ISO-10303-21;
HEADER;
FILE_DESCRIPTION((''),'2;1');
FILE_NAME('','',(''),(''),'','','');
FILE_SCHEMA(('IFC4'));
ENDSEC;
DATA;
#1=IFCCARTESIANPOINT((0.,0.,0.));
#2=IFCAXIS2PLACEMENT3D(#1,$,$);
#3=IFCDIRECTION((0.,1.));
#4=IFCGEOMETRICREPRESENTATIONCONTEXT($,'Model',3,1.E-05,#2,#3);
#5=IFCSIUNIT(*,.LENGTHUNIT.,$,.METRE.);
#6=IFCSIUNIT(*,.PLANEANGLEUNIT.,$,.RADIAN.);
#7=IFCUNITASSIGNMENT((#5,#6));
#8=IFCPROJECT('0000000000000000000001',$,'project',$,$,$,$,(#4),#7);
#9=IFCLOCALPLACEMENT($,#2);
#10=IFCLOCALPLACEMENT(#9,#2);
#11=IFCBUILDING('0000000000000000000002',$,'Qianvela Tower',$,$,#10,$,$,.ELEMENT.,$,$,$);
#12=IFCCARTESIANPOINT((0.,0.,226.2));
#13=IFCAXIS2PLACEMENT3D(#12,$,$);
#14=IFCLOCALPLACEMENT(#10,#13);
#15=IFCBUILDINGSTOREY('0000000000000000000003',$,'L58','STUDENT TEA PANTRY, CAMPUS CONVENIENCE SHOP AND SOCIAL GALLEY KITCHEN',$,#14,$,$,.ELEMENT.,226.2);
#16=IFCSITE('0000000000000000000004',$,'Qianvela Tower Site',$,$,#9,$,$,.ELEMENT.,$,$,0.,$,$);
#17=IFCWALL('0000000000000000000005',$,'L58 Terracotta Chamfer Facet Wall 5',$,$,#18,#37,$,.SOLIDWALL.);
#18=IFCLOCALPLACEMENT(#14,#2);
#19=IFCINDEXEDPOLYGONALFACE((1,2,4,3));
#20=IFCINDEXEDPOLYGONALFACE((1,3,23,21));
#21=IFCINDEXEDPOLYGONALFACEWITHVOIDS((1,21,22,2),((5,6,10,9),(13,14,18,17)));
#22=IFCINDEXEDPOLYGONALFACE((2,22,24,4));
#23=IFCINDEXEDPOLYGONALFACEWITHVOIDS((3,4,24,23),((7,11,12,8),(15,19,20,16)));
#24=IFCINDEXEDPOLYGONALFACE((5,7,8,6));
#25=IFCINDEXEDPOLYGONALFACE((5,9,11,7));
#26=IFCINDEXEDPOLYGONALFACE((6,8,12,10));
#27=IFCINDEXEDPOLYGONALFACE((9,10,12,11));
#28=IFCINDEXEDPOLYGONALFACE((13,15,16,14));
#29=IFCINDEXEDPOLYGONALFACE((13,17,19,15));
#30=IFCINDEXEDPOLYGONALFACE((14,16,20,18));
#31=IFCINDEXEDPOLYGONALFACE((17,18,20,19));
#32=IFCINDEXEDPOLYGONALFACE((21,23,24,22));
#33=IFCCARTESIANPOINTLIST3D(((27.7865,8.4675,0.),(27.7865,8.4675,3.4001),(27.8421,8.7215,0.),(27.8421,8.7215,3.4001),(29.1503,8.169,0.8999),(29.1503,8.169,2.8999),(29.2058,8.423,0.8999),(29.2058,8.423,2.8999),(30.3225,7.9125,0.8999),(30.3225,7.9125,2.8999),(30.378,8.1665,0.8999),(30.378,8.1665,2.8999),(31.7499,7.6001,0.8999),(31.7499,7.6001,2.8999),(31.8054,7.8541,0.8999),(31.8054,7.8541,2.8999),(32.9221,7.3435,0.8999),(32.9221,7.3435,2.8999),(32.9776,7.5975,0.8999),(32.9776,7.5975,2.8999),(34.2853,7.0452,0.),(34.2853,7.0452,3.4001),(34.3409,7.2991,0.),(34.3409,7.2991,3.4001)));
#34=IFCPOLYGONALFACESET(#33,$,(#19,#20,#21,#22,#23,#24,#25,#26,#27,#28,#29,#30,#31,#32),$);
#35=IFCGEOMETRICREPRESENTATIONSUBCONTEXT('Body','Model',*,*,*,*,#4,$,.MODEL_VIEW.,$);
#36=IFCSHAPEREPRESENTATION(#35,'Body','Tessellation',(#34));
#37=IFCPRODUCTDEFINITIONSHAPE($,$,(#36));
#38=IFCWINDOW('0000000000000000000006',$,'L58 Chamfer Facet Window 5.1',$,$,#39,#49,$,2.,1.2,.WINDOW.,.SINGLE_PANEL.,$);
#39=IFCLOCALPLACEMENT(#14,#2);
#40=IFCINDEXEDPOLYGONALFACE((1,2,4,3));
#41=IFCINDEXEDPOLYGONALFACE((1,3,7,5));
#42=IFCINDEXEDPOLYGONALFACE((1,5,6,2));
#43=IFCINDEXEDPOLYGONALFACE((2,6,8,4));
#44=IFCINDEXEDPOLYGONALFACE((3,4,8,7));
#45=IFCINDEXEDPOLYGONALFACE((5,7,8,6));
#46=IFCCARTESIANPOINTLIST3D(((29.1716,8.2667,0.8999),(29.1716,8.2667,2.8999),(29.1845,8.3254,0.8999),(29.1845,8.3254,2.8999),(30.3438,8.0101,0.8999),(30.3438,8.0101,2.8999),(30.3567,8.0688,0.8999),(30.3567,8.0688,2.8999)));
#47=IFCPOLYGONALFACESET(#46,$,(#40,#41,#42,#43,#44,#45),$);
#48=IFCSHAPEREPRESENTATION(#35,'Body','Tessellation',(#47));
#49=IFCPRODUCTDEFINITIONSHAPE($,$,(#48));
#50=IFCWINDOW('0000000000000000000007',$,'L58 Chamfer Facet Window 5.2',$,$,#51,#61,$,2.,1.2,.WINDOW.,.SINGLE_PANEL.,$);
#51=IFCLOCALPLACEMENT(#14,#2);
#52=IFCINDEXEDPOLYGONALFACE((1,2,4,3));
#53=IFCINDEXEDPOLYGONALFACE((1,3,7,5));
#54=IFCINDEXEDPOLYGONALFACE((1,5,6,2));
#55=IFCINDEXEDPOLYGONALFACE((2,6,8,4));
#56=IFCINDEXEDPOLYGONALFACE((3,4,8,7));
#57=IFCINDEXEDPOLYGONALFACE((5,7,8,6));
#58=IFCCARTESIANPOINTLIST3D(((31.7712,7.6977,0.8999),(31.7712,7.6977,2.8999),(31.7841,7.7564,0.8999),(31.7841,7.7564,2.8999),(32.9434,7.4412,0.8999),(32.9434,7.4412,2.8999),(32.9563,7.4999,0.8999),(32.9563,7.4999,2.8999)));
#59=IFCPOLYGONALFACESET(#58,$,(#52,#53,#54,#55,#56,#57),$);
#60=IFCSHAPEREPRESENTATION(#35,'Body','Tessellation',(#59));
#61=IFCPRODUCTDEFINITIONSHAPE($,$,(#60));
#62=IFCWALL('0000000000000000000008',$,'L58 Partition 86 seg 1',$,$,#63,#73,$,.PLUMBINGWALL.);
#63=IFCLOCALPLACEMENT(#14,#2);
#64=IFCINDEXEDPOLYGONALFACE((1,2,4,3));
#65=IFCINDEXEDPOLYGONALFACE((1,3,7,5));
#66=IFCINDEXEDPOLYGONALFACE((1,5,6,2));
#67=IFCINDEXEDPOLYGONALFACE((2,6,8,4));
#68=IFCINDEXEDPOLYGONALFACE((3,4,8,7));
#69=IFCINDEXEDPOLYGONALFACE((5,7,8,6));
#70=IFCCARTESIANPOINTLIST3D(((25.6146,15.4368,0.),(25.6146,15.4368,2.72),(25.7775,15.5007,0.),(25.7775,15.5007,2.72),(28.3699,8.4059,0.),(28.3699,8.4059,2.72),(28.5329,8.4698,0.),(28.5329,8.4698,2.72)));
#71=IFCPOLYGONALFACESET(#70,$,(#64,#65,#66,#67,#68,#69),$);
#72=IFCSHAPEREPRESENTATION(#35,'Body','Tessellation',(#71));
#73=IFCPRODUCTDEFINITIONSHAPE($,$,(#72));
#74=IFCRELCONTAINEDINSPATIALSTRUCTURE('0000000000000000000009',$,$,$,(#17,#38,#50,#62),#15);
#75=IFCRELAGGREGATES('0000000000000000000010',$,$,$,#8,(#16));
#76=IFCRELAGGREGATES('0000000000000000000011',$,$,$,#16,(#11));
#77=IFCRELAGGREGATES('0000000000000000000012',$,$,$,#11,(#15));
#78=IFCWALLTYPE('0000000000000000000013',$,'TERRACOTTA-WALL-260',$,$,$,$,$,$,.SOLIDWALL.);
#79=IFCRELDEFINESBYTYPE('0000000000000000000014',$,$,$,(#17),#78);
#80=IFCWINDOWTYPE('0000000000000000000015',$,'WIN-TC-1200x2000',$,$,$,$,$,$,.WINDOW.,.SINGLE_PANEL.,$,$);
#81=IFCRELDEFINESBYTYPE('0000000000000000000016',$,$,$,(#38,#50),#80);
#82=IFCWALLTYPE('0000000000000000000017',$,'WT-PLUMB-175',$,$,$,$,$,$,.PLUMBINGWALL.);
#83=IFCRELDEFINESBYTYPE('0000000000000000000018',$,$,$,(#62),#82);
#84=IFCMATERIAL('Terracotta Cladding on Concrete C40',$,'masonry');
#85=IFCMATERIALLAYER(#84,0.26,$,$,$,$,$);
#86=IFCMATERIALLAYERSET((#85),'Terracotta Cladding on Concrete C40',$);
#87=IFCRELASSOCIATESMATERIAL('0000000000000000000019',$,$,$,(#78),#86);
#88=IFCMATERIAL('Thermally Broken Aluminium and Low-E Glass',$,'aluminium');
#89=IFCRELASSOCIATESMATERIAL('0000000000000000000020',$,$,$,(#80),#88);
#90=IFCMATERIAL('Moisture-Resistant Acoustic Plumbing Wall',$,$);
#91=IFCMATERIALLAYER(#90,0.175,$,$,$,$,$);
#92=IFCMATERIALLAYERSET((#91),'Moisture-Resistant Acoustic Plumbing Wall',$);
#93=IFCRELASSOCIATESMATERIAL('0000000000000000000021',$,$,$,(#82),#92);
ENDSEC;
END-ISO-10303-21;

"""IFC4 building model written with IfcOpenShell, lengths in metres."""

from ifc_helpers import new_model, si_unit, direction, frame, frame_2d, origin, place, context, subcontext, project, spatial, rectangle, extrude, material, layer, layer_set, type_object, element, fill, save


model = new_model("IFC4")

# Units and contexts
model_context = context("Model", 3, precision=1e-05, world=origin(), true_north=direction((0.0, 1.0)))
body_context = subcontext(model_context, "Body", "Model", "MODEL_VIEW")
ifc_project = project(units=[si_unit("LENGTHUNIT", "METRE"), si_unit("PLANEANGLEUNIT", "RADIAN")], contexts=[model_context])

# Site, building, storey
site_placement = place(None, origin())
site = spatial("IfcSite", under=ifc_project, at=site_placement, Name="Qianvela Tower Site", CompositionType="ELEMENT", RefElevation=0.0)
building_placement = place(site_placement, origin())
building = spatial("IfcBuilding", under=site, at=building_placement, Name="Qianvela Tower", CompositionType="ELEMENT")
storey_placement = place(building_placement, frame((0.0, 0.0, 226.2)))
storey = spatial("IfcBuildingStorey", under=building, at=storey_placement, Name="L58", Description="STUDENT TEA PANTRY, CAMPUS CONVENIENCE SHOP AND SOCIAL GALLEY KITCHEN", CompositionType="ELEMENT", Elevation=226.2)

# Wall, openings, windows
ifc_material_1 = material(Name="Terracotta Cladding on Concrete C40", Category="masonry")
ifc_layer_1 = layer(ifc_material_1, 0.26)
ifc_layer_set_1 = layer_set([ifc_layer_1], Name="Terracotta Cladding on Concrete C40")
wall_type_1 = type_object("IfcWallType", Name="TERRACOTTA-WALL-260", PredefinedType="SOLIDWALL", material=ifc_layer_set_1)
wall_1_placement = place(storey_placement, frame((27.8145, 8.5945, 0.0), z_axis=(0.0, 0.0, 1.0), x_axis=(0.976876, -0.213805, 0.0)))
wall_1 = element("IfcWall", 1, at=wall_1_placement, inside=storey, type_object=wall_type_1, Name="L58 Terracotta Chamfer Facet Wall 5", PredefinedType="SOLIDWALL", context=body_context, shape_type="SweptSolid", body=[
    extrude(rectangle(XDim=6.6526, YDim=0.26, at=frame_2d((3.3262, 0.0))), origin(), (0.0, 0.0, 1.0), 3.4001),
])
opening_1_placement = place(wall_1_placement, frame((1.3958, 0.0, 0.8999)))
opening_1 = element("IfcOpeningElement", 2, at=opening_1_placement, cuts=wall_1, PredefinedType="OPENING", context=body_context, shape_type="SweptSolid", body=[
    extrude(rectangle(XDim=1.2, YDim=2.0, at=frame_2d((0.6001, 1.0))), frame((0.0, 0.1399, 0.0), z_axis=(0.0, -1.0, 0.0), x_axis=(1.0, 0.0, 0.0)), (0.0, 0.0, 1.0), 0.28),
])
opening_2_placement = place(wall_1_placement, frame((4.0569, 0.0, 0.8999)))
opening_2 = element("IfcOpeningElement", 3, at=opening_2_placement, cuts=wall_1, PredefinedType="OPENING", context=body_context, shape_type="SweptSolid", body=[
    extrude(rectangle(XDim=1.2, YDim=2.0, at=frame_2d((0.6001, 1.0))), frame((0.0, 0.1399, 0.0), z_axis=(0.0, -1.0, 0.0), x_axis=(1.0, 0.0, 0.0)), (0.0, 0.0, 1.0), 0.28),
])
ifc_material_2 = material(Name="Thermally Broken Aluminium and Low-E Glass", Category="aluminium")
window_type = type_object("IfcWindowType", Name="WIN-TC-1200x2000", PartitioningType="SINGLE_PANEL", PredefinedType="WINDOW", material=ifc_material_2)
window_1_placement = place(opening_1_placement, origin())
window_1 = element("IfcWindow", 4, at=window_1_placement, inside=storey, type_object=window_type, Name="L58 Chamfer Facet Window 5.1", OverallHeight=2.0, OverallWidth=1.2, PartitioningType="SINGLE_PANEL", PredefinedType="WINDOW", context=body_context, shape_type="SweptSolid", body=[
    extrude(rectangle(XDim=1.2, YDim=2.0, at=frame_2d((0.6001, 1.0))), frame((0.0, 0.03, 0.0), z_axis=(0.0, -1.0, 0.0), x_axis=(1.0, 0.0, 0.0)), (0.0, 0.0, 1.0), 0.0601),
])
fill(opening_1, window_1)
window_2_placement = place(opening_2_placement, origin())
window_2 = element("IfcWindow", 5, at=window_2_placement, inside=storey, type_object=window_type, Name="L58 Chamfer Facet Window 5.2", OverallHeight=2.0, OverallWidth=1.2, PartitioningType="SINGLE_PANEL", PredefinedType="WINDOW", context=body_context, shape_type="SweptSolid", body=[
    extrude(rectangle(XDim=1.2, YDim=2.0, at=frame_2d((0.6001, 1.0))), frame((0.0, 0.03, 0.0), z_axis=(0.0, -1.0, 0.0), x_axis=(1.0, 0.0, 0.0)), (0.0, 0.0, 1.0), 0.0601),
])
fill(opening_2, window_2)

# Wall
ifc_material_3 = material(Name="Moisture-Resistant Acoustic Plumbing Wall")
ifc_layer_2 = layer(ifc_material_3, 0.175)
ifc_layer_set_2 = layer_set([ifc_layer_2], Name="Moisture-Resistant Acoustic Plumbing Wall")
wall_type_2 = type_object("IfcWallType", Name="WT-PLUMB-175", PredefinedType="PLUMBINGWALL", material=ifc_layer_set_2)
wall_2_placement = place(storey_placement, frame((28.4514, 8.4377, 0.0), z_axis=(0.0, 0.0, 1.0), x_axis=(-0.364871, 0.931058, 0.0)))
element("IfcWall", 6, at=wall_2_placement, inside=storey, type_object=wall_type_2, Name="L58 Partition 86 seg 1", PredefinedType="PLUMBINGWALL", context=body_context, shape_type="SweptSolid", body=[
    extrude(rectangle(XDim=7.5515, YDim=0.175, at=frame_2d((3.7759, 0.0))), origin(), (0.0, 0.0, 1.0), 2.72),
])

save(model, "model.ifc")
